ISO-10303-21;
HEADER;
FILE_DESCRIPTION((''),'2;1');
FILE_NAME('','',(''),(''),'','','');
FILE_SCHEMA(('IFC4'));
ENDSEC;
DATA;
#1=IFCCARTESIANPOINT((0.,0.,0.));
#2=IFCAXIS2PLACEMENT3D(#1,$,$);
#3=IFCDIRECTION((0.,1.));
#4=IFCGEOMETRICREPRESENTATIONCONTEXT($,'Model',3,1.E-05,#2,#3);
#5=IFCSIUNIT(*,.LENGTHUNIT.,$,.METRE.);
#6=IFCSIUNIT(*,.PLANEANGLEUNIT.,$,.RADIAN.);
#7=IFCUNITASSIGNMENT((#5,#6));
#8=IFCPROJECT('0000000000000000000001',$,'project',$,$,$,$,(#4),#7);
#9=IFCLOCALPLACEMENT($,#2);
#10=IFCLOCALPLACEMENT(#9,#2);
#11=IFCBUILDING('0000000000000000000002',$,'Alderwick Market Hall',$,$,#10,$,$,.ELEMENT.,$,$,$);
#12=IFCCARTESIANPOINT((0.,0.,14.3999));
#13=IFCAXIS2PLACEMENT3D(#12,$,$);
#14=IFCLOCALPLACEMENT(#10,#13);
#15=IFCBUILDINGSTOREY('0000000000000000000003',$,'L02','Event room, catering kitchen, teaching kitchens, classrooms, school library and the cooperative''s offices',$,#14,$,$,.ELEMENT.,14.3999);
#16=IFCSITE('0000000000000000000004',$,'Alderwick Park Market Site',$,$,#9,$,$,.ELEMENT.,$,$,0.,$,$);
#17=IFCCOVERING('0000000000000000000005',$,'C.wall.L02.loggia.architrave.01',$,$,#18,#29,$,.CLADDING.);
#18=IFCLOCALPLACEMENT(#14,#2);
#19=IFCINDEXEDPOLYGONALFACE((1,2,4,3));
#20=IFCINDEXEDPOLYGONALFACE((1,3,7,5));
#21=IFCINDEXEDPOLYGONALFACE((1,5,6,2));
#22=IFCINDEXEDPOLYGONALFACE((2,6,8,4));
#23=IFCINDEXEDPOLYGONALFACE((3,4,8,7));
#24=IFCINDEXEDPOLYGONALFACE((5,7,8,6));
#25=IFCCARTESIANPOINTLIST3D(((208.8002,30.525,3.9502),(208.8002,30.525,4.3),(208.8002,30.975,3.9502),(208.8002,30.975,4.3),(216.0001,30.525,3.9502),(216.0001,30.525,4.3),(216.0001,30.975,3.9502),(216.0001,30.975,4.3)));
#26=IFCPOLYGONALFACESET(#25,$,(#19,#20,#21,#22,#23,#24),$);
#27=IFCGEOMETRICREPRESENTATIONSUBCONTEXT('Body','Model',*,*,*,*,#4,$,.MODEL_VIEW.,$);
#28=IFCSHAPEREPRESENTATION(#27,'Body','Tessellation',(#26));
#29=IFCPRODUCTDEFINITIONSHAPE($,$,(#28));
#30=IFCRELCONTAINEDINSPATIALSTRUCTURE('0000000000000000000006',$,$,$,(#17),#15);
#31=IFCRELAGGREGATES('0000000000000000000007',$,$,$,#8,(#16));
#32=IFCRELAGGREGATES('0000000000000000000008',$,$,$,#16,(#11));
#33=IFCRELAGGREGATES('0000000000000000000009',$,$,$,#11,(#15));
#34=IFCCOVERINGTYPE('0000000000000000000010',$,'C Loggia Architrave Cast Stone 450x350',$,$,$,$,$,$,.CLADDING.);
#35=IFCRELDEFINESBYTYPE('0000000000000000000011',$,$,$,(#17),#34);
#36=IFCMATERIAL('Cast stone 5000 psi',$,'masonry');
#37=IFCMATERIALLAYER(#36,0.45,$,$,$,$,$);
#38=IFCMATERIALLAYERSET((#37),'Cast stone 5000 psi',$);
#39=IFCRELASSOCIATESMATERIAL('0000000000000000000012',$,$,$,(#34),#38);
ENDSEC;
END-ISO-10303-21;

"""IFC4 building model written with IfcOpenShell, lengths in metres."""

from ifc_helpers import new_model, si_unit, direction, frame, frame_2d, origin, place, context, subcontext, project, spatial, rectangle, extrude, material, layer, layer_set, type_object, element, save


model = new_model("IFC4")

# Units and contexts
model_context = context("Model", 3, precision=1e-05, world=origin(), true_north=direction((0.0, 1.0)))
body_context = subcontext(model_context, "Body", "Model", "MODEL_VIEW")
ifc_project = project(units=[si_unit("LENGTHUNIT", "METRE"), si_unit("PLANEANGLEUNIT", "RADIAN")], contexts=[model_context])

# Site, building, storey
site_placement = place(None, origin())
site = spatial("IfcSite", under=ifc_project, at=site_placement, Name="Alderwick Park Market Site", CompositionType="ELEMENT", RefElevation=0.0)
building_placement = place(site_placement, origin())
building = spatial("IfcBuilding", under=site, at=building_placement, Name="Alderwick Market Hall", CompositionType="ELEMENT")
storey_placement = place(building_placement, frame((0.0, 0.0, 14.3999)))
storey = spatial("IfcBuildingStorey", under=building, at=storey_placement, Name="L02", Description="Event room, catering kitchen, teaching kitchens, classrooms, school library and the cooperative's offices", CompositionType="ELEMENT", Elevation=14.3999)

# Shared definitions
ifc_material_1 = material(Name="Cast stone 5000 psi", Category="masonry")

# Covering
ifc_layer_1 = layer(ifc_material_1, 0.45)
ifc_layer_set_1 = layer_set([ifc_layer_1], Name="Cast stone 5000 psi")
covering_type_1 = type_object("IfcCoveringType", Name="C Loggia Architrave Cast Stone 450x350", PredefinedType="CLADDING", material=ifc_layer_set_1)
covering_1_placement = place(storey_placement, frame((208.8, 30.75, 3.9502), z_axis=(0.0, 0.0, 1.0), x_axis=(1.0, 0.0, 0.0)))
element("IfcCovering", 1, at=covering_1_placement, inside=storey, type_object=covering_type_1, Name="C.wall.L02.loggia.architrave.01", PredefinedType="CLADDING", context=body_context, shape_type="SweptSolid", body=[
    extrude(rectangle(XDim=7.2, YDim=0.45, at=frame_2d((3.6001, 0.0))), origin(), (0.0, 0.0, 1.0), 0.3499),
])

save(model, "model.ifc")
